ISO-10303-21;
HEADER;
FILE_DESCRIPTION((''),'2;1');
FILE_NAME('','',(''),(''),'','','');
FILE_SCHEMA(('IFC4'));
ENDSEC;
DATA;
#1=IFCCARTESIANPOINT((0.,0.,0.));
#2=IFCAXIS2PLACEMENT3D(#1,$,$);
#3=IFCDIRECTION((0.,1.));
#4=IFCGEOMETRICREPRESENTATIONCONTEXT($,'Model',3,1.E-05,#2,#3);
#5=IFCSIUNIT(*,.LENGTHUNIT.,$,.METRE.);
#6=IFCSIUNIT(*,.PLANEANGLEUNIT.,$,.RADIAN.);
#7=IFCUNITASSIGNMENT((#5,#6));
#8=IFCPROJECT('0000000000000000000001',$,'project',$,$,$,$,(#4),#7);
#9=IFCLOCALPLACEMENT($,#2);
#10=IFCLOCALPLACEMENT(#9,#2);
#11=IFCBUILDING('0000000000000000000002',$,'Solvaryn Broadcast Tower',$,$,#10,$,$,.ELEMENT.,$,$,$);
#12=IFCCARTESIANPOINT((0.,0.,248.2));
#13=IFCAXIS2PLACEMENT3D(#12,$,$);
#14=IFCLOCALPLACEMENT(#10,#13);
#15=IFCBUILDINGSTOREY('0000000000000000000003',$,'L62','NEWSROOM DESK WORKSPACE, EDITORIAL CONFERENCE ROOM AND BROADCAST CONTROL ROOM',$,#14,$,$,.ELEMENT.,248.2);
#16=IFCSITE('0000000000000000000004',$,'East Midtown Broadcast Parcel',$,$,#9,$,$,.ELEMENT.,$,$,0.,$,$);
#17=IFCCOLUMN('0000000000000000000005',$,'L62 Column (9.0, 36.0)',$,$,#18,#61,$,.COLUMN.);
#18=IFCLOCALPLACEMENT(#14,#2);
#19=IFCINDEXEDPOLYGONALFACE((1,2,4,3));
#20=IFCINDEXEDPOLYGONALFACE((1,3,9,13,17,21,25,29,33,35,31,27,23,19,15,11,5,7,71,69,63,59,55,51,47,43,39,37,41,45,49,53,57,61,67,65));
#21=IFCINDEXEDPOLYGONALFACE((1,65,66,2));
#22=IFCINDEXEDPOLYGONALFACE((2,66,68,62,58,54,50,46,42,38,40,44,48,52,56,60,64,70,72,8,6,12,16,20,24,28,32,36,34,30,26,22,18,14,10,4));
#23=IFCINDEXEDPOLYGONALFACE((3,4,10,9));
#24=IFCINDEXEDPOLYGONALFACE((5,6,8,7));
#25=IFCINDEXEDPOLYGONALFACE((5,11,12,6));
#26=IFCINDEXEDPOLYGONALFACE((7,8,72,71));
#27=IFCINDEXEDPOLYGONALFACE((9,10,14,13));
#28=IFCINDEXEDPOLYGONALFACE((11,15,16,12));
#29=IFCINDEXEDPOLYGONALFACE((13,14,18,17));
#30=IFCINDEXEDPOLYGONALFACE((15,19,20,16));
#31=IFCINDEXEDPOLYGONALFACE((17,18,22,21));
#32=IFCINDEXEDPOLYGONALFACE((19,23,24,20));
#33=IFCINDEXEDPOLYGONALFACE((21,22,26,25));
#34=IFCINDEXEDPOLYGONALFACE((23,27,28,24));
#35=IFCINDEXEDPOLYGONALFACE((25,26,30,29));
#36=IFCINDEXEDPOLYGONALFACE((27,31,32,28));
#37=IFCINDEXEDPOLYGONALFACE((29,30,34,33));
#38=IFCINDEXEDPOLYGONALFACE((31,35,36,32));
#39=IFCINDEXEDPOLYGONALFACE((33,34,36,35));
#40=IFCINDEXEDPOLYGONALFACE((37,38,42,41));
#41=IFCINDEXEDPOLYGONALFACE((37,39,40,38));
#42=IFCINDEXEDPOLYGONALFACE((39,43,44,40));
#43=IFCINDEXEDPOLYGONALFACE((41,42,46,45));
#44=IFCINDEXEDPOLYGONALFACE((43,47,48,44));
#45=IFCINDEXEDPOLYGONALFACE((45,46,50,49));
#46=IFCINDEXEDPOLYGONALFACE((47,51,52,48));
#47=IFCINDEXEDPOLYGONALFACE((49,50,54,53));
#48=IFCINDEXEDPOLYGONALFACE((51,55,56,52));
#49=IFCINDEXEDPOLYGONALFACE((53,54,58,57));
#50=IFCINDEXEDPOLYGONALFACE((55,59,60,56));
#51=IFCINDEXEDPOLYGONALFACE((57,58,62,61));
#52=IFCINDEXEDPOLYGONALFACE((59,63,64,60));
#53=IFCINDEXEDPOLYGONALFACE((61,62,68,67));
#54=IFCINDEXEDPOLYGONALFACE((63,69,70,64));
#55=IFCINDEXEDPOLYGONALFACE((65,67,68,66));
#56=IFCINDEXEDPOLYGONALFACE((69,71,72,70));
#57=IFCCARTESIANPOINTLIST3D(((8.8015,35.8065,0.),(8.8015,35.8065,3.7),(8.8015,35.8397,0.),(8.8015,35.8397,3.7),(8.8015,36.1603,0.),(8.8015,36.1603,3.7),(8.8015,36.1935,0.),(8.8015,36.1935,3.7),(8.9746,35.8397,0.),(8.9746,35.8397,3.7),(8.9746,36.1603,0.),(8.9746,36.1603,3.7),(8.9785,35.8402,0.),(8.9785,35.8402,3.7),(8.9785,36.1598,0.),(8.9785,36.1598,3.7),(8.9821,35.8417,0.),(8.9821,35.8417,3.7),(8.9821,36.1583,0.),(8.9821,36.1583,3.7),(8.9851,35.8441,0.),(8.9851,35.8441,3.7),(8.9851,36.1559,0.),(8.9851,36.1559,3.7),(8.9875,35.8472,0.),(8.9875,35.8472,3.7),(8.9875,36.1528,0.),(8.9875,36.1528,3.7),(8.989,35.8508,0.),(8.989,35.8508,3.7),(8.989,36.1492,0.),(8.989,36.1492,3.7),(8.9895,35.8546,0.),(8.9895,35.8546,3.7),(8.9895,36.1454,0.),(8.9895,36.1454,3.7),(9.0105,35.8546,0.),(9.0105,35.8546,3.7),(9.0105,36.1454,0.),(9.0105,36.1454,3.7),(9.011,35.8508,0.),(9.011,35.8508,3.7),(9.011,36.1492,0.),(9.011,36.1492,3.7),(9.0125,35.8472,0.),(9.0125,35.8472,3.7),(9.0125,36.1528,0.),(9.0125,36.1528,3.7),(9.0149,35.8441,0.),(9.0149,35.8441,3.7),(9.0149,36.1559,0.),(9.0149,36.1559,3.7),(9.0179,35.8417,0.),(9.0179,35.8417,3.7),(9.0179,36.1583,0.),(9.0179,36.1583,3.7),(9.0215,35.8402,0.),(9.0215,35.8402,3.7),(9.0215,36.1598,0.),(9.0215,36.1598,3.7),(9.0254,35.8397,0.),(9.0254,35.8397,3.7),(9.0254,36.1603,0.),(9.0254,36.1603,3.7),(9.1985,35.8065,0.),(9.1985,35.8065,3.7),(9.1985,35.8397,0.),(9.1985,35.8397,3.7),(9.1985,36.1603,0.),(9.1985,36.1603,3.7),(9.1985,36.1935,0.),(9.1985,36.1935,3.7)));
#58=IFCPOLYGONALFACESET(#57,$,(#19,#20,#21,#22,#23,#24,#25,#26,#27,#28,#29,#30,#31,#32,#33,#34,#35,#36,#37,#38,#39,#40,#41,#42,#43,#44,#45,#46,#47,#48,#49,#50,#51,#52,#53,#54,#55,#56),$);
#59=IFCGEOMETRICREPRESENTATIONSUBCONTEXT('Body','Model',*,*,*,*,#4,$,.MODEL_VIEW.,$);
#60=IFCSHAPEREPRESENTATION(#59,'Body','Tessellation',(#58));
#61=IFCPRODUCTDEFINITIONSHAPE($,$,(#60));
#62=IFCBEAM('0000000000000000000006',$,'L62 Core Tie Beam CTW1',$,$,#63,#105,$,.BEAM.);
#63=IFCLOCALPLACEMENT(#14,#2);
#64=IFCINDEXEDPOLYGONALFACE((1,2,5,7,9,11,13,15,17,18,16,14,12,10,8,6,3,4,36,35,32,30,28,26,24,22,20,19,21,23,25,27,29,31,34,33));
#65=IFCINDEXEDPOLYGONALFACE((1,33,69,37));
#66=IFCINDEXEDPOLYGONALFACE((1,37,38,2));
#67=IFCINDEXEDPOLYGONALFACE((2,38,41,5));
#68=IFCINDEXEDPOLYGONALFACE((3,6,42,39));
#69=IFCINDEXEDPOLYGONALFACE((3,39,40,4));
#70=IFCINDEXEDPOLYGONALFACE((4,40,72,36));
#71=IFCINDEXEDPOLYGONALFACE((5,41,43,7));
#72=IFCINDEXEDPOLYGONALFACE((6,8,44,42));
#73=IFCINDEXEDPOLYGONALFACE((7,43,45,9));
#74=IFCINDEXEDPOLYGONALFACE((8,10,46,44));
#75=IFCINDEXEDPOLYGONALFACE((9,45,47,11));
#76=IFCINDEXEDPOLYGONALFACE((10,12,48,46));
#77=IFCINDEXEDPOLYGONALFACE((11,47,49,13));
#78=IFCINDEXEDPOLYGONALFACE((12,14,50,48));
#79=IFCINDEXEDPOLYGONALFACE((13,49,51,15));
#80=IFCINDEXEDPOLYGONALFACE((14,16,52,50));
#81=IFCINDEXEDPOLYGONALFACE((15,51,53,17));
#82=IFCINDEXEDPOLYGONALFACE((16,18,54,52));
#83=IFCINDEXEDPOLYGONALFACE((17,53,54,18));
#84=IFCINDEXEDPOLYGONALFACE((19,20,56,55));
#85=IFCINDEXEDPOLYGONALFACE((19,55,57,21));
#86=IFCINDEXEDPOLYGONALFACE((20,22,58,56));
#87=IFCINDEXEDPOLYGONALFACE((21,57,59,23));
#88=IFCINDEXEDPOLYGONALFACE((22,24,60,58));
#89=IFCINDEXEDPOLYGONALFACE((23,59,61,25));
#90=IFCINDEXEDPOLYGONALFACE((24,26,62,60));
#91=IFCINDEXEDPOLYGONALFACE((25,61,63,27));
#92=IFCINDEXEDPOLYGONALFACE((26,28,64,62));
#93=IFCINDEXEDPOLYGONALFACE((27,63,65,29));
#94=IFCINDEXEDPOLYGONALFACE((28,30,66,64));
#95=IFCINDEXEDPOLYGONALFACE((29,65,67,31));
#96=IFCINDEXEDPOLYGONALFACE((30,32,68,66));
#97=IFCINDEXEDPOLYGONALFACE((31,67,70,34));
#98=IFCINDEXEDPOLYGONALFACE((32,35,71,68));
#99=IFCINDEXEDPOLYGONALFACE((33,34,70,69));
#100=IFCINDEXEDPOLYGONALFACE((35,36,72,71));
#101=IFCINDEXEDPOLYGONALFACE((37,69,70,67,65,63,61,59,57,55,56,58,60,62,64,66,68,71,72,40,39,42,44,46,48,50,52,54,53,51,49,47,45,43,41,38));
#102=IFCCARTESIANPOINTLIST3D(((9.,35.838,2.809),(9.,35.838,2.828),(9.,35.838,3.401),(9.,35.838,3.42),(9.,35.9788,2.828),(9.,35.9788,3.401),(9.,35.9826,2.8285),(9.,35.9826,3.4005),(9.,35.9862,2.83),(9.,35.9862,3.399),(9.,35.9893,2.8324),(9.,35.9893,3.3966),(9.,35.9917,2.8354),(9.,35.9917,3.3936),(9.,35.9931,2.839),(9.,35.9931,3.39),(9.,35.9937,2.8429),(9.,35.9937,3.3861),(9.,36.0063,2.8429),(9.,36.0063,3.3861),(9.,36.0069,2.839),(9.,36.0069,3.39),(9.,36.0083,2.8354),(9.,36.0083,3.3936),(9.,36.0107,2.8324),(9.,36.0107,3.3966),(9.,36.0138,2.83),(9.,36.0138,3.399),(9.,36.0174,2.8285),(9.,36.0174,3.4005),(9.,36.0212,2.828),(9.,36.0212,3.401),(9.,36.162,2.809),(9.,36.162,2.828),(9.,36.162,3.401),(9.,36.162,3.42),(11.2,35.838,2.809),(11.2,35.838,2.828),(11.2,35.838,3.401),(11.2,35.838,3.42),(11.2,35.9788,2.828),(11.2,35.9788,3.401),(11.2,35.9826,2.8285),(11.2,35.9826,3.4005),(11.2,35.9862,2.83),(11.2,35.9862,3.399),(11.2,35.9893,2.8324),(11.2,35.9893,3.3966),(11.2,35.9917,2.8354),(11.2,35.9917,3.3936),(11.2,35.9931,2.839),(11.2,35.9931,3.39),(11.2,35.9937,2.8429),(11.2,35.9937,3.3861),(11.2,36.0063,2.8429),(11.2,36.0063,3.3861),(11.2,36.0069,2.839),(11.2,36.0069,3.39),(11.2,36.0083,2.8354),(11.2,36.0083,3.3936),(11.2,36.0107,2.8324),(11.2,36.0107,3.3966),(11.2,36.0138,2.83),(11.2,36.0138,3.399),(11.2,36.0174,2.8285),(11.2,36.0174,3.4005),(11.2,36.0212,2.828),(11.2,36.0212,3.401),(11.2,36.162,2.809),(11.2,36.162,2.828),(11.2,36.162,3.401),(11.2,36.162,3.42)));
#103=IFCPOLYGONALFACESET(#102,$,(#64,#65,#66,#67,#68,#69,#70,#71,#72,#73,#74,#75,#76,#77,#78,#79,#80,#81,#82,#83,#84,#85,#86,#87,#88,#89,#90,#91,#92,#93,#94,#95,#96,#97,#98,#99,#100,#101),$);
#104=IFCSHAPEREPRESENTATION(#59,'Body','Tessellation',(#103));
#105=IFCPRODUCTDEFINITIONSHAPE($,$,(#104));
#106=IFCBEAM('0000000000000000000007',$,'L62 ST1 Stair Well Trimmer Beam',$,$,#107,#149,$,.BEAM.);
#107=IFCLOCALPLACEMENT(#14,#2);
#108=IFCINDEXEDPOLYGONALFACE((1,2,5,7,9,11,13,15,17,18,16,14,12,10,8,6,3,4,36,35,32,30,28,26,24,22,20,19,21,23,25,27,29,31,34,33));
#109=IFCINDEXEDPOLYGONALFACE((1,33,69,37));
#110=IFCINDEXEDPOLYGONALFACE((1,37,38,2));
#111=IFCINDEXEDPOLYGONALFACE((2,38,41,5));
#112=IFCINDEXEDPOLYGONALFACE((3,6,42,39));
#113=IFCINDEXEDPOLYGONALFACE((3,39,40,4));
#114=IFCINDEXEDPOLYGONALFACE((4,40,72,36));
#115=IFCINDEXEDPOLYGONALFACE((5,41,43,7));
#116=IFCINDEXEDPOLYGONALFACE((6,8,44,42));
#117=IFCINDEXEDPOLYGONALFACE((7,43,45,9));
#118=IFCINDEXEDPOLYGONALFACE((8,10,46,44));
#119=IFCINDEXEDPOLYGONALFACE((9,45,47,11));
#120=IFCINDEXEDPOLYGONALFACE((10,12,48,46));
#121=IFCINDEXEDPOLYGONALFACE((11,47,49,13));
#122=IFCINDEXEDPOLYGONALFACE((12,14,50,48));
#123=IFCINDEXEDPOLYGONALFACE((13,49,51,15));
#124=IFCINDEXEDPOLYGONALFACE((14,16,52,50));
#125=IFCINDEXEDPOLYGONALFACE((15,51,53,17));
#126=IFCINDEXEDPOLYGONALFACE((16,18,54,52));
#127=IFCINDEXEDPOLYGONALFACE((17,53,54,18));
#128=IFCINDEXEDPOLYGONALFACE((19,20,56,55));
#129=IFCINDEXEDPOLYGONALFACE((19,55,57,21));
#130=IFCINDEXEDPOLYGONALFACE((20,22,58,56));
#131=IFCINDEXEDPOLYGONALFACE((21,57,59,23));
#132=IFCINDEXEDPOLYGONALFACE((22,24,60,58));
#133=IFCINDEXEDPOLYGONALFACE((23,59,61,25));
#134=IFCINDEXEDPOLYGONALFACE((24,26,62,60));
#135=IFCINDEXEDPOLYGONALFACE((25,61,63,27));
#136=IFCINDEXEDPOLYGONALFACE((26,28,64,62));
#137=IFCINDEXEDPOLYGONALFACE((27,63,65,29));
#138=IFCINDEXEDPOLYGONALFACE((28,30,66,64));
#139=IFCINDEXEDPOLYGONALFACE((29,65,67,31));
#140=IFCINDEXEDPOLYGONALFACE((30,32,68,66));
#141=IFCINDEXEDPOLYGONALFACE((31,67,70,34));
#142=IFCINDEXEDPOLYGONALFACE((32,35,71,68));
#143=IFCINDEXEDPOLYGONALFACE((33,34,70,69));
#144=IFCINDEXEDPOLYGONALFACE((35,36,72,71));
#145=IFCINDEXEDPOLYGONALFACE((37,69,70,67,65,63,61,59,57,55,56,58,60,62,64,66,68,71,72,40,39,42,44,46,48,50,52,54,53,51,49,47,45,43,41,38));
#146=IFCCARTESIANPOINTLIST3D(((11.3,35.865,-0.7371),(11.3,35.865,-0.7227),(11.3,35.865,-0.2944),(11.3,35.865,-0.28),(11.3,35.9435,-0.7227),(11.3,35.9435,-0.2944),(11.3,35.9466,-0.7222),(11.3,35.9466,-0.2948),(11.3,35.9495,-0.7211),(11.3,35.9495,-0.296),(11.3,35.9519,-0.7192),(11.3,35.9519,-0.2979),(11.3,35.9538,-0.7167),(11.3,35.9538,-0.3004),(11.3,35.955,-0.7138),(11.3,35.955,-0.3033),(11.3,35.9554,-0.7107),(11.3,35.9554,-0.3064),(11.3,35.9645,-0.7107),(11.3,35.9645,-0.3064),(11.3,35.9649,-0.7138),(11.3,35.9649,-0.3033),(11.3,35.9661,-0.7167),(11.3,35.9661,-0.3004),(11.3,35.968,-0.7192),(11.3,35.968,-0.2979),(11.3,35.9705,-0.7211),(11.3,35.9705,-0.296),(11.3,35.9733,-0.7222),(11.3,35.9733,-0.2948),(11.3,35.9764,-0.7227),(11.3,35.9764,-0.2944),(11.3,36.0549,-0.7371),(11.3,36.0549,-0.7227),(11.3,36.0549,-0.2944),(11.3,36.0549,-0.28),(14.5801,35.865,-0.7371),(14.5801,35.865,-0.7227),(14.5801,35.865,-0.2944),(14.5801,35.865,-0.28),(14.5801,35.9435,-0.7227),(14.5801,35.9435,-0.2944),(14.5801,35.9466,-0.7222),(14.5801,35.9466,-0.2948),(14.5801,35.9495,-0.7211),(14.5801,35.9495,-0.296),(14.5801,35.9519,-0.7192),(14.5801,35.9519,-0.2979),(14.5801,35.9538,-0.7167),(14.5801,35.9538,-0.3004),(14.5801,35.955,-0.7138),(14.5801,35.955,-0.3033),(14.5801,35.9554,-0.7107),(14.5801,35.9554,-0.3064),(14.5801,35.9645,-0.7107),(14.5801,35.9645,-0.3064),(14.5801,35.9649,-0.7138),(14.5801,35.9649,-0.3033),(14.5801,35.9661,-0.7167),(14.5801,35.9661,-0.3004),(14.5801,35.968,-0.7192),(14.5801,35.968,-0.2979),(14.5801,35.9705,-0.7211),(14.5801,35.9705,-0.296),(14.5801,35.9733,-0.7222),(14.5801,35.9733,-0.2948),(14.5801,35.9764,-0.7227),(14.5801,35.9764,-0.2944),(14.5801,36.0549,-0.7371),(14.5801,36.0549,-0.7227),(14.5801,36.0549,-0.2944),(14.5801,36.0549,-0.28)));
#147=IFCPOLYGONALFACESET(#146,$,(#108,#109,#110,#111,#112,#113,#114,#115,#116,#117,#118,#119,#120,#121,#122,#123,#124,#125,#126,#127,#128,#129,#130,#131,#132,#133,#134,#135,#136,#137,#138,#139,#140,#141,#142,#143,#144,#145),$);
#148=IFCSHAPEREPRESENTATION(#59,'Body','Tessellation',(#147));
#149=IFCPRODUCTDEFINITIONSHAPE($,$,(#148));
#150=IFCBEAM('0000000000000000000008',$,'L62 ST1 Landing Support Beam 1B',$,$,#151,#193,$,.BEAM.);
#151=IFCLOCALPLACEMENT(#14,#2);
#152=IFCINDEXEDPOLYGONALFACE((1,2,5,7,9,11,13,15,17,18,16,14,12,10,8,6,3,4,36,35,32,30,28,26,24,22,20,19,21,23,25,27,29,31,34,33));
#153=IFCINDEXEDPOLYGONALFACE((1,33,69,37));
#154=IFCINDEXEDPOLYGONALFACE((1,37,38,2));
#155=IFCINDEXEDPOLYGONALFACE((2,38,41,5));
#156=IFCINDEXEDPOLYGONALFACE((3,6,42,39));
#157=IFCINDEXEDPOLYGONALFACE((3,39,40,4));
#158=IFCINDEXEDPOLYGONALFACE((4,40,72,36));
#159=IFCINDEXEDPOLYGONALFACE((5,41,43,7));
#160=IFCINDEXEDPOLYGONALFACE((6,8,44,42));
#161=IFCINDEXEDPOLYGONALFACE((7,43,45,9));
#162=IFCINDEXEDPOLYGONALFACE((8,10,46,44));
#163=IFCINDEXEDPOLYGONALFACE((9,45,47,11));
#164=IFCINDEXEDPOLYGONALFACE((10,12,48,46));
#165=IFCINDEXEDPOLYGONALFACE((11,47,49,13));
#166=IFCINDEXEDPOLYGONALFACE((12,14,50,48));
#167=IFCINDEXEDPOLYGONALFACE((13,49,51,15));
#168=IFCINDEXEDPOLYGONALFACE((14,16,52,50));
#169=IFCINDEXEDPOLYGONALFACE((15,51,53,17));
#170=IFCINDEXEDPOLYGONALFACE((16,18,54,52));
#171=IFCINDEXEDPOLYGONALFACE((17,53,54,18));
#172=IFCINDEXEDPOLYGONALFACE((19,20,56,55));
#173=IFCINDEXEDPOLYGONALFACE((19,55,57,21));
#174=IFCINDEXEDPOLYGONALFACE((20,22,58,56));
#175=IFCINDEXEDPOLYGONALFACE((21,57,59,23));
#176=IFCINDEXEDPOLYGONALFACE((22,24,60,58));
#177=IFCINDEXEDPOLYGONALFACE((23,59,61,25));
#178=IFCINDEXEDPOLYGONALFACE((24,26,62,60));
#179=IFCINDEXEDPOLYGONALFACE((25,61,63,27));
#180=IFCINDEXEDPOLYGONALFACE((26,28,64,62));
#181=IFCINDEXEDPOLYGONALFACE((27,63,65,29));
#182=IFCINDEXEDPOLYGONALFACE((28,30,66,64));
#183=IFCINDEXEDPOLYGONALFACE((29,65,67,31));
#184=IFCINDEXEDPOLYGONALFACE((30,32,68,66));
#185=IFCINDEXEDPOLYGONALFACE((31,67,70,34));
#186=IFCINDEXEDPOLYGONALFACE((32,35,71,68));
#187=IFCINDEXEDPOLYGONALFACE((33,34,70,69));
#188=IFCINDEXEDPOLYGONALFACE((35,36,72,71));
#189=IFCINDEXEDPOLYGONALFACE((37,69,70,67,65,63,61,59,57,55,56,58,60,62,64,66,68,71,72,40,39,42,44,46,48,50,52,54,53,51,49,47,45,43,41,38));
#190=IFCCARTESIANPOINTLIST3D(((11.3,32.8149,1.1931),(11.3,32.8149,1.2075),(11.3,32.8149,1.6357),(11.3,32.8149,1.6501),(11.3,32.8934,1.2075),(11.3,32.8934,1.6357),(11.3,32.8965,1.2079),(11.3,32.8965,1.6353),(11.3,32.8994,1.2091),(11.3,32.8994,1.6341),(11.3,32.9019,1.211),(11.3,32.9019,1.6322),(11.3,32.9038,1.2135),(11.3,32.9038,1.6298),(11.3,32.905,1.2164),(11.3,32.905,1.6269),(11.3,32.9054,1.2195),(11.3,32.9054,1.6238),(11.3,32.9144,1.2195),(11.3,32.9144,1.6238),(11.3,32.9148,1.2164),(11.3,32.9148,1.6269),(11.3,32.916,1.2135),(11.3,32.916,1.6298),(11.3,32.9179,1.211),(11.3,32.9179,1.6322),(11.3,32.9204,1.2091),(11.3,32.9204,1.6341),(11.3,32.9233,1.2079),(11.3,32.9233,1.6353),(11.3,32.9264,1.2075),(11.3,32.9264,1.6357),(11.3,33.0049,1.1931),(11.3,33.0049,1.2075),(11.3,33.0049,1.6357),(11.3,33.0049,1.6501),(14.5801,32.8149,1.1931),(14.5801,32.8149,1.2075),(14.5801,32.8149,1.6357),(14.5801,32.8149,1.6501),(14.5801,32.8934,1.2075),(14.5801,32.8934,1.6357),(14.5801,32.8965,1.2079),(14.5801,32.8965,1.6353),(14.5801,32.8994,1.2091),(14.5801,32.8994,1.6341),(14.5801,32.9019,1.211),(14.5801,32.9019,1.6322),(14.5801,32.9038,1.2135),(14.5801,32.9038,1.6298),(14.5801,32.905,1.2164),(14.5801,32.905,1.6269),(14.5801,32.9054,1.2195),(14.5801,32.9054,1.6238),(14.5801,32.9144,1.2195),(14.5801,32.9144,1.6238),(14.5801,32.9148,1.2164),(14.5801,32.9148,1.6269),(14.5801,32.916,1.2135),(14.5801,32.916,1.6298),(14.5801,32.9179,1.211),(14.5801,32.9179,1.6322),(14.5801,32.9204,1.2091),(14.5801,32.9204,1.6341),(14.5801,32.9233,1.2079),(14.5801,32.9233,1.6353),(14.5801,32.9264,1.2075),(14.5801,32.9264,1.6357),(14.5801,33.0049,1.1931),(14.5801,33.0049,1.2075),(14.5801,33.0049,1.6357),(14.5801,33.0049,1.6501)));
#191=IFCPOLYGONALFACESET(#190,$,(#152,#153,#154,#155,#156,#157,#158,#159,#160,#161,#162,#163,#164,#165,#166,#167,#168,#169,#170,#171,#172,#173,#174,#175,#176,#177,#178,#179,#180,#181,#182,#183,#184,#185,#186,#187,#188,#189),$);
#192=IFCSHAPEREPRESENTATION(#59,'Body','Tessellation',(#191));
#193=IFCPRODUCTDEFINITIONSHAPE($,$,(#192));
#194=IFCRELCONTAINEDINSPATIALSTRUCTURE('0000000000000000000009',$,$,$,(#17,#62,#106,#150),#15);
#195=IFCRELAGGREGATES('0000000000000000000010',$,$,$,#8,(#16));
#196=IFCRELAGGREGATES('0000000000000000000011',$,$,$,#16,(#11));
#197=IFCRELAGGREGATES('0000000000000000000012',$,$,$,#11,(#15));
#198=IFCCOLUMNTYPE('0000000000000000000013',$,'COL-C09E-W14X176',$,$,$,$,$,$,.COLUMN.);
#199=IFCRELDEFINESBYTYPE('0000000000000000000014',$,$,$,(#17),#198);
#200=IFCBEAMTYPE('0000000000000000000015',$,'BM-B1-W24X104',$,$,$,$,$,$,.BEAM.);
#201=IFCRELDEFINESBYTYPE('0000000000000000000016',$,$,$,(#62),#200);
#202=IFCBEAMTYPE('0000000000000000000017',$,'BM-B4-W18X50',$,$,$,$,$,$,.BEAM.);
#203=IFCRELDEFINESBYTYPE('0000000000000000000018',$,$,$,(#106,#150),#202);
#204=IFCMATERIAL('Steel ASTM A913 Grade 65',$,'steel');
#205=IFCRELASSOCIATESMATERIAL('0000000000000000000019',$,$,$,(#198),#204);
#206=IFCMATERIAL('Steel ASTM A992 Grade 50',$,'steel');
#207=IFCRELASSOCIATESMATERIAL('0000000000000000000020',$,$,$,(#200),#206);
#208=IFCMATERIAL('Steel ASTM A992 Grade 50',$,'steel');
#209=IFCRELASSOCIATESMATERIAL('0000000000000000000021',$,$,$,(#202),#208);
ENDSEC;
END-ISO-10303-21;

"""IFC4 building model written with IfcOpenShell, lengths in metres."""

from ifc_helpers import new_model, si_unit, direction, frame, origin, origin_2d, place, context, subcontext, project, spatial, i_section, extrude, material, material_profile, profile_set, type_object, element, save


model = new_model("IFC4")

# Units and contexts
model_context = context("Model", 3, precision=1e-05, world=origin(), true_north=direction((0.0, 1.0)))
body_context = subcontext(model_context, "Body", "Model", "MODEL_VIEW")
ifc_project = project(units=[si_unit("LENGTHUNIT", "METRE"), si_unit("PLANEANGLEUNIT", "RADIAN")], contexts=[model_context])

# Site, building, storey
site_placement = place(None, origin())
site = spatial("IfcSite", under=ifc_project, at=site_placement, Name="East Midtown Broadcast Parcel", CompositionType="ELEMENT", RefElevation=0.0)
building_placement = place(site_placement, origin())
building = spatial("IfcBuilding", under=site, at=building_placement, Name="Solvaryn Broadcast Tower", CompositionType="ELEMENT")
storey_placement = place(building_placement, frame((0.0, 0.0, 248.2)))
storey = spatial("IfcBuildingStorey", under=building, at=storey_placement, Name="L62", Description="NEWSROOM DESK WORKSPACE, EDITORIAL CONFERENCE ROOM AND BROADCAST CONTROL ROOM", CompositionType="ELEMENT", Elevation=248.2)

# Column
ifc_material_1 = material(Name="Steel ASTM A913 Grade 65", Category="steel")
ifc_material_profile_1 = material_profile(ifc_material_1, i_section(OverallWidth=0.397, OverallDepth=0.387, WebThickness=0.021, FlangeThickness=0.0332, FilletRadius=0.0149, at=origin_2d()))
ifc_profile_set_1 = profile_set([ifc_material_profile_1], Name="Steel ASTM A913 Grade 65")
column_type = type_object("IfcColumnType", Name="COL-C09E-W14X176", PredefinedType="COLUMN", material=ifc_profile_set_1)
column_placement = place(storey_placement, frame((9.0, 36.0, 0.0), z_axis=(0.0, 0.0, 1.0), x_axis=(1.0, 0.0, 0.0)))
element("IfcColumn", 1, at=column_placement, inside=storey, type_object=column_type, Name="L62 Column (9.0, 36.0)", PredefinedType="COLUMN", context=body_context, shape_type="SweptSolid", body=[
    extrude(i_section(OverallWidth=0.397, OverallDepth=0.387, WebThickness=0.021, FlangeThickness=0.0332, FilletRadius=0.0149, at=origin_2d()), origin(), (0.0, 0.0, 1.0), 3.7),
])

# Beams
ifc_material_2 = material(Name="Steel ASTM A992 Grade 50", Category="steel")
ifc_material_profile_2 = material_profile(ifc_material_2, i_section(OverallWidth=0.324, OverallDepth=0.6111, WebThickness=0.0127, FlangeThickness=0.019, FilletRadius=0.0149, at=origin_2d()))
ifc_profile_set_2 = profile_set([ifc_material_profile_2], Name="Steel ASTM A992 Grade 50")
beam_type_1 = type_object("IfcBeamType", Name="BM-B1-W24X104", PredefinedType="BEAM", material=ifc_profile_set_2)
beam_1_placement = place(storey_placement, frame((9.0, 36.0, 3.1145), z_axis=(1.0, 0.0, 0.0), x_axis=(0.0, 1.0, 0.0)))
element("IfcBeam", 2, at=beam_1_placement, inside=storey, type_object=beam_type_1, Name="L62 Core Tie Beam CTW1", PredefinedType="BEAM", context=body_context, shape_type="SweptSolid", body=[
    extrude(i_section(OverallWidth=0.324, OverallDepth=0.6111, WebThickness=0.0127, FlangeThickness=0.019, FilletRadius=0.0149, at=origin_2d()), origin(), (0.0, 0.0, 1.0), 2.2),
])
ifc_material_3 = material(Name="Steel ASTM A992 Grade 50", Category="steel")
ifc_material_profile_3 = material_profile(ifc_material_3, i_section(OverallWidth=0.1899, OverallDepth=0.457, WebThickness=0.009, FlangeThickness=0.0144, FilletRadius=0.012, at=origin_2d()))
ifc_profile_set_3 = profile_set([ifc_material_profile_3], Name="Steel ASTM A992 Grade 50")
beam_type_2 = type_object("IfcBeamType", Name="BM-B4-W18X50", PredefinedType="BEAM", material=ifc_profile_set_3)
for number, where, z_axis, x_axis, name in (
    (3, (11.3, 35.96, -0.5085), (1.0, 0.0, 0.0), (0.0, 1.0, 0.0), "L62 ST1 Stair Well Trimmer Beam"),
    (4, (11.3, 32.9099, 1.4216), (1.0, 0.0, 0.0), (0.0, 1.0, 0.0), "L62 ST1 Landing Support Beam 1B"),
):
    element("IfcBeam", number, at=place(storey_placement, frame(where, z_axis=z_axis, x_axis=x_axis)), inside=storey, type_object=beam_type_2, Name=name, PredefinedType="BEAM", context=body_context, shape_type="SweptSolid", body=[
        extrude(i_section(OverallWidth=0.1899, OverallDepth=0.457, WebThickness=0.009, FlangeThickness=0.0144, FilletRadius=0.012, at=origin_2d()), origin(), (0.0, 0.0, 1.0), 3.28),
    ])

save(model, "model.ifc")
